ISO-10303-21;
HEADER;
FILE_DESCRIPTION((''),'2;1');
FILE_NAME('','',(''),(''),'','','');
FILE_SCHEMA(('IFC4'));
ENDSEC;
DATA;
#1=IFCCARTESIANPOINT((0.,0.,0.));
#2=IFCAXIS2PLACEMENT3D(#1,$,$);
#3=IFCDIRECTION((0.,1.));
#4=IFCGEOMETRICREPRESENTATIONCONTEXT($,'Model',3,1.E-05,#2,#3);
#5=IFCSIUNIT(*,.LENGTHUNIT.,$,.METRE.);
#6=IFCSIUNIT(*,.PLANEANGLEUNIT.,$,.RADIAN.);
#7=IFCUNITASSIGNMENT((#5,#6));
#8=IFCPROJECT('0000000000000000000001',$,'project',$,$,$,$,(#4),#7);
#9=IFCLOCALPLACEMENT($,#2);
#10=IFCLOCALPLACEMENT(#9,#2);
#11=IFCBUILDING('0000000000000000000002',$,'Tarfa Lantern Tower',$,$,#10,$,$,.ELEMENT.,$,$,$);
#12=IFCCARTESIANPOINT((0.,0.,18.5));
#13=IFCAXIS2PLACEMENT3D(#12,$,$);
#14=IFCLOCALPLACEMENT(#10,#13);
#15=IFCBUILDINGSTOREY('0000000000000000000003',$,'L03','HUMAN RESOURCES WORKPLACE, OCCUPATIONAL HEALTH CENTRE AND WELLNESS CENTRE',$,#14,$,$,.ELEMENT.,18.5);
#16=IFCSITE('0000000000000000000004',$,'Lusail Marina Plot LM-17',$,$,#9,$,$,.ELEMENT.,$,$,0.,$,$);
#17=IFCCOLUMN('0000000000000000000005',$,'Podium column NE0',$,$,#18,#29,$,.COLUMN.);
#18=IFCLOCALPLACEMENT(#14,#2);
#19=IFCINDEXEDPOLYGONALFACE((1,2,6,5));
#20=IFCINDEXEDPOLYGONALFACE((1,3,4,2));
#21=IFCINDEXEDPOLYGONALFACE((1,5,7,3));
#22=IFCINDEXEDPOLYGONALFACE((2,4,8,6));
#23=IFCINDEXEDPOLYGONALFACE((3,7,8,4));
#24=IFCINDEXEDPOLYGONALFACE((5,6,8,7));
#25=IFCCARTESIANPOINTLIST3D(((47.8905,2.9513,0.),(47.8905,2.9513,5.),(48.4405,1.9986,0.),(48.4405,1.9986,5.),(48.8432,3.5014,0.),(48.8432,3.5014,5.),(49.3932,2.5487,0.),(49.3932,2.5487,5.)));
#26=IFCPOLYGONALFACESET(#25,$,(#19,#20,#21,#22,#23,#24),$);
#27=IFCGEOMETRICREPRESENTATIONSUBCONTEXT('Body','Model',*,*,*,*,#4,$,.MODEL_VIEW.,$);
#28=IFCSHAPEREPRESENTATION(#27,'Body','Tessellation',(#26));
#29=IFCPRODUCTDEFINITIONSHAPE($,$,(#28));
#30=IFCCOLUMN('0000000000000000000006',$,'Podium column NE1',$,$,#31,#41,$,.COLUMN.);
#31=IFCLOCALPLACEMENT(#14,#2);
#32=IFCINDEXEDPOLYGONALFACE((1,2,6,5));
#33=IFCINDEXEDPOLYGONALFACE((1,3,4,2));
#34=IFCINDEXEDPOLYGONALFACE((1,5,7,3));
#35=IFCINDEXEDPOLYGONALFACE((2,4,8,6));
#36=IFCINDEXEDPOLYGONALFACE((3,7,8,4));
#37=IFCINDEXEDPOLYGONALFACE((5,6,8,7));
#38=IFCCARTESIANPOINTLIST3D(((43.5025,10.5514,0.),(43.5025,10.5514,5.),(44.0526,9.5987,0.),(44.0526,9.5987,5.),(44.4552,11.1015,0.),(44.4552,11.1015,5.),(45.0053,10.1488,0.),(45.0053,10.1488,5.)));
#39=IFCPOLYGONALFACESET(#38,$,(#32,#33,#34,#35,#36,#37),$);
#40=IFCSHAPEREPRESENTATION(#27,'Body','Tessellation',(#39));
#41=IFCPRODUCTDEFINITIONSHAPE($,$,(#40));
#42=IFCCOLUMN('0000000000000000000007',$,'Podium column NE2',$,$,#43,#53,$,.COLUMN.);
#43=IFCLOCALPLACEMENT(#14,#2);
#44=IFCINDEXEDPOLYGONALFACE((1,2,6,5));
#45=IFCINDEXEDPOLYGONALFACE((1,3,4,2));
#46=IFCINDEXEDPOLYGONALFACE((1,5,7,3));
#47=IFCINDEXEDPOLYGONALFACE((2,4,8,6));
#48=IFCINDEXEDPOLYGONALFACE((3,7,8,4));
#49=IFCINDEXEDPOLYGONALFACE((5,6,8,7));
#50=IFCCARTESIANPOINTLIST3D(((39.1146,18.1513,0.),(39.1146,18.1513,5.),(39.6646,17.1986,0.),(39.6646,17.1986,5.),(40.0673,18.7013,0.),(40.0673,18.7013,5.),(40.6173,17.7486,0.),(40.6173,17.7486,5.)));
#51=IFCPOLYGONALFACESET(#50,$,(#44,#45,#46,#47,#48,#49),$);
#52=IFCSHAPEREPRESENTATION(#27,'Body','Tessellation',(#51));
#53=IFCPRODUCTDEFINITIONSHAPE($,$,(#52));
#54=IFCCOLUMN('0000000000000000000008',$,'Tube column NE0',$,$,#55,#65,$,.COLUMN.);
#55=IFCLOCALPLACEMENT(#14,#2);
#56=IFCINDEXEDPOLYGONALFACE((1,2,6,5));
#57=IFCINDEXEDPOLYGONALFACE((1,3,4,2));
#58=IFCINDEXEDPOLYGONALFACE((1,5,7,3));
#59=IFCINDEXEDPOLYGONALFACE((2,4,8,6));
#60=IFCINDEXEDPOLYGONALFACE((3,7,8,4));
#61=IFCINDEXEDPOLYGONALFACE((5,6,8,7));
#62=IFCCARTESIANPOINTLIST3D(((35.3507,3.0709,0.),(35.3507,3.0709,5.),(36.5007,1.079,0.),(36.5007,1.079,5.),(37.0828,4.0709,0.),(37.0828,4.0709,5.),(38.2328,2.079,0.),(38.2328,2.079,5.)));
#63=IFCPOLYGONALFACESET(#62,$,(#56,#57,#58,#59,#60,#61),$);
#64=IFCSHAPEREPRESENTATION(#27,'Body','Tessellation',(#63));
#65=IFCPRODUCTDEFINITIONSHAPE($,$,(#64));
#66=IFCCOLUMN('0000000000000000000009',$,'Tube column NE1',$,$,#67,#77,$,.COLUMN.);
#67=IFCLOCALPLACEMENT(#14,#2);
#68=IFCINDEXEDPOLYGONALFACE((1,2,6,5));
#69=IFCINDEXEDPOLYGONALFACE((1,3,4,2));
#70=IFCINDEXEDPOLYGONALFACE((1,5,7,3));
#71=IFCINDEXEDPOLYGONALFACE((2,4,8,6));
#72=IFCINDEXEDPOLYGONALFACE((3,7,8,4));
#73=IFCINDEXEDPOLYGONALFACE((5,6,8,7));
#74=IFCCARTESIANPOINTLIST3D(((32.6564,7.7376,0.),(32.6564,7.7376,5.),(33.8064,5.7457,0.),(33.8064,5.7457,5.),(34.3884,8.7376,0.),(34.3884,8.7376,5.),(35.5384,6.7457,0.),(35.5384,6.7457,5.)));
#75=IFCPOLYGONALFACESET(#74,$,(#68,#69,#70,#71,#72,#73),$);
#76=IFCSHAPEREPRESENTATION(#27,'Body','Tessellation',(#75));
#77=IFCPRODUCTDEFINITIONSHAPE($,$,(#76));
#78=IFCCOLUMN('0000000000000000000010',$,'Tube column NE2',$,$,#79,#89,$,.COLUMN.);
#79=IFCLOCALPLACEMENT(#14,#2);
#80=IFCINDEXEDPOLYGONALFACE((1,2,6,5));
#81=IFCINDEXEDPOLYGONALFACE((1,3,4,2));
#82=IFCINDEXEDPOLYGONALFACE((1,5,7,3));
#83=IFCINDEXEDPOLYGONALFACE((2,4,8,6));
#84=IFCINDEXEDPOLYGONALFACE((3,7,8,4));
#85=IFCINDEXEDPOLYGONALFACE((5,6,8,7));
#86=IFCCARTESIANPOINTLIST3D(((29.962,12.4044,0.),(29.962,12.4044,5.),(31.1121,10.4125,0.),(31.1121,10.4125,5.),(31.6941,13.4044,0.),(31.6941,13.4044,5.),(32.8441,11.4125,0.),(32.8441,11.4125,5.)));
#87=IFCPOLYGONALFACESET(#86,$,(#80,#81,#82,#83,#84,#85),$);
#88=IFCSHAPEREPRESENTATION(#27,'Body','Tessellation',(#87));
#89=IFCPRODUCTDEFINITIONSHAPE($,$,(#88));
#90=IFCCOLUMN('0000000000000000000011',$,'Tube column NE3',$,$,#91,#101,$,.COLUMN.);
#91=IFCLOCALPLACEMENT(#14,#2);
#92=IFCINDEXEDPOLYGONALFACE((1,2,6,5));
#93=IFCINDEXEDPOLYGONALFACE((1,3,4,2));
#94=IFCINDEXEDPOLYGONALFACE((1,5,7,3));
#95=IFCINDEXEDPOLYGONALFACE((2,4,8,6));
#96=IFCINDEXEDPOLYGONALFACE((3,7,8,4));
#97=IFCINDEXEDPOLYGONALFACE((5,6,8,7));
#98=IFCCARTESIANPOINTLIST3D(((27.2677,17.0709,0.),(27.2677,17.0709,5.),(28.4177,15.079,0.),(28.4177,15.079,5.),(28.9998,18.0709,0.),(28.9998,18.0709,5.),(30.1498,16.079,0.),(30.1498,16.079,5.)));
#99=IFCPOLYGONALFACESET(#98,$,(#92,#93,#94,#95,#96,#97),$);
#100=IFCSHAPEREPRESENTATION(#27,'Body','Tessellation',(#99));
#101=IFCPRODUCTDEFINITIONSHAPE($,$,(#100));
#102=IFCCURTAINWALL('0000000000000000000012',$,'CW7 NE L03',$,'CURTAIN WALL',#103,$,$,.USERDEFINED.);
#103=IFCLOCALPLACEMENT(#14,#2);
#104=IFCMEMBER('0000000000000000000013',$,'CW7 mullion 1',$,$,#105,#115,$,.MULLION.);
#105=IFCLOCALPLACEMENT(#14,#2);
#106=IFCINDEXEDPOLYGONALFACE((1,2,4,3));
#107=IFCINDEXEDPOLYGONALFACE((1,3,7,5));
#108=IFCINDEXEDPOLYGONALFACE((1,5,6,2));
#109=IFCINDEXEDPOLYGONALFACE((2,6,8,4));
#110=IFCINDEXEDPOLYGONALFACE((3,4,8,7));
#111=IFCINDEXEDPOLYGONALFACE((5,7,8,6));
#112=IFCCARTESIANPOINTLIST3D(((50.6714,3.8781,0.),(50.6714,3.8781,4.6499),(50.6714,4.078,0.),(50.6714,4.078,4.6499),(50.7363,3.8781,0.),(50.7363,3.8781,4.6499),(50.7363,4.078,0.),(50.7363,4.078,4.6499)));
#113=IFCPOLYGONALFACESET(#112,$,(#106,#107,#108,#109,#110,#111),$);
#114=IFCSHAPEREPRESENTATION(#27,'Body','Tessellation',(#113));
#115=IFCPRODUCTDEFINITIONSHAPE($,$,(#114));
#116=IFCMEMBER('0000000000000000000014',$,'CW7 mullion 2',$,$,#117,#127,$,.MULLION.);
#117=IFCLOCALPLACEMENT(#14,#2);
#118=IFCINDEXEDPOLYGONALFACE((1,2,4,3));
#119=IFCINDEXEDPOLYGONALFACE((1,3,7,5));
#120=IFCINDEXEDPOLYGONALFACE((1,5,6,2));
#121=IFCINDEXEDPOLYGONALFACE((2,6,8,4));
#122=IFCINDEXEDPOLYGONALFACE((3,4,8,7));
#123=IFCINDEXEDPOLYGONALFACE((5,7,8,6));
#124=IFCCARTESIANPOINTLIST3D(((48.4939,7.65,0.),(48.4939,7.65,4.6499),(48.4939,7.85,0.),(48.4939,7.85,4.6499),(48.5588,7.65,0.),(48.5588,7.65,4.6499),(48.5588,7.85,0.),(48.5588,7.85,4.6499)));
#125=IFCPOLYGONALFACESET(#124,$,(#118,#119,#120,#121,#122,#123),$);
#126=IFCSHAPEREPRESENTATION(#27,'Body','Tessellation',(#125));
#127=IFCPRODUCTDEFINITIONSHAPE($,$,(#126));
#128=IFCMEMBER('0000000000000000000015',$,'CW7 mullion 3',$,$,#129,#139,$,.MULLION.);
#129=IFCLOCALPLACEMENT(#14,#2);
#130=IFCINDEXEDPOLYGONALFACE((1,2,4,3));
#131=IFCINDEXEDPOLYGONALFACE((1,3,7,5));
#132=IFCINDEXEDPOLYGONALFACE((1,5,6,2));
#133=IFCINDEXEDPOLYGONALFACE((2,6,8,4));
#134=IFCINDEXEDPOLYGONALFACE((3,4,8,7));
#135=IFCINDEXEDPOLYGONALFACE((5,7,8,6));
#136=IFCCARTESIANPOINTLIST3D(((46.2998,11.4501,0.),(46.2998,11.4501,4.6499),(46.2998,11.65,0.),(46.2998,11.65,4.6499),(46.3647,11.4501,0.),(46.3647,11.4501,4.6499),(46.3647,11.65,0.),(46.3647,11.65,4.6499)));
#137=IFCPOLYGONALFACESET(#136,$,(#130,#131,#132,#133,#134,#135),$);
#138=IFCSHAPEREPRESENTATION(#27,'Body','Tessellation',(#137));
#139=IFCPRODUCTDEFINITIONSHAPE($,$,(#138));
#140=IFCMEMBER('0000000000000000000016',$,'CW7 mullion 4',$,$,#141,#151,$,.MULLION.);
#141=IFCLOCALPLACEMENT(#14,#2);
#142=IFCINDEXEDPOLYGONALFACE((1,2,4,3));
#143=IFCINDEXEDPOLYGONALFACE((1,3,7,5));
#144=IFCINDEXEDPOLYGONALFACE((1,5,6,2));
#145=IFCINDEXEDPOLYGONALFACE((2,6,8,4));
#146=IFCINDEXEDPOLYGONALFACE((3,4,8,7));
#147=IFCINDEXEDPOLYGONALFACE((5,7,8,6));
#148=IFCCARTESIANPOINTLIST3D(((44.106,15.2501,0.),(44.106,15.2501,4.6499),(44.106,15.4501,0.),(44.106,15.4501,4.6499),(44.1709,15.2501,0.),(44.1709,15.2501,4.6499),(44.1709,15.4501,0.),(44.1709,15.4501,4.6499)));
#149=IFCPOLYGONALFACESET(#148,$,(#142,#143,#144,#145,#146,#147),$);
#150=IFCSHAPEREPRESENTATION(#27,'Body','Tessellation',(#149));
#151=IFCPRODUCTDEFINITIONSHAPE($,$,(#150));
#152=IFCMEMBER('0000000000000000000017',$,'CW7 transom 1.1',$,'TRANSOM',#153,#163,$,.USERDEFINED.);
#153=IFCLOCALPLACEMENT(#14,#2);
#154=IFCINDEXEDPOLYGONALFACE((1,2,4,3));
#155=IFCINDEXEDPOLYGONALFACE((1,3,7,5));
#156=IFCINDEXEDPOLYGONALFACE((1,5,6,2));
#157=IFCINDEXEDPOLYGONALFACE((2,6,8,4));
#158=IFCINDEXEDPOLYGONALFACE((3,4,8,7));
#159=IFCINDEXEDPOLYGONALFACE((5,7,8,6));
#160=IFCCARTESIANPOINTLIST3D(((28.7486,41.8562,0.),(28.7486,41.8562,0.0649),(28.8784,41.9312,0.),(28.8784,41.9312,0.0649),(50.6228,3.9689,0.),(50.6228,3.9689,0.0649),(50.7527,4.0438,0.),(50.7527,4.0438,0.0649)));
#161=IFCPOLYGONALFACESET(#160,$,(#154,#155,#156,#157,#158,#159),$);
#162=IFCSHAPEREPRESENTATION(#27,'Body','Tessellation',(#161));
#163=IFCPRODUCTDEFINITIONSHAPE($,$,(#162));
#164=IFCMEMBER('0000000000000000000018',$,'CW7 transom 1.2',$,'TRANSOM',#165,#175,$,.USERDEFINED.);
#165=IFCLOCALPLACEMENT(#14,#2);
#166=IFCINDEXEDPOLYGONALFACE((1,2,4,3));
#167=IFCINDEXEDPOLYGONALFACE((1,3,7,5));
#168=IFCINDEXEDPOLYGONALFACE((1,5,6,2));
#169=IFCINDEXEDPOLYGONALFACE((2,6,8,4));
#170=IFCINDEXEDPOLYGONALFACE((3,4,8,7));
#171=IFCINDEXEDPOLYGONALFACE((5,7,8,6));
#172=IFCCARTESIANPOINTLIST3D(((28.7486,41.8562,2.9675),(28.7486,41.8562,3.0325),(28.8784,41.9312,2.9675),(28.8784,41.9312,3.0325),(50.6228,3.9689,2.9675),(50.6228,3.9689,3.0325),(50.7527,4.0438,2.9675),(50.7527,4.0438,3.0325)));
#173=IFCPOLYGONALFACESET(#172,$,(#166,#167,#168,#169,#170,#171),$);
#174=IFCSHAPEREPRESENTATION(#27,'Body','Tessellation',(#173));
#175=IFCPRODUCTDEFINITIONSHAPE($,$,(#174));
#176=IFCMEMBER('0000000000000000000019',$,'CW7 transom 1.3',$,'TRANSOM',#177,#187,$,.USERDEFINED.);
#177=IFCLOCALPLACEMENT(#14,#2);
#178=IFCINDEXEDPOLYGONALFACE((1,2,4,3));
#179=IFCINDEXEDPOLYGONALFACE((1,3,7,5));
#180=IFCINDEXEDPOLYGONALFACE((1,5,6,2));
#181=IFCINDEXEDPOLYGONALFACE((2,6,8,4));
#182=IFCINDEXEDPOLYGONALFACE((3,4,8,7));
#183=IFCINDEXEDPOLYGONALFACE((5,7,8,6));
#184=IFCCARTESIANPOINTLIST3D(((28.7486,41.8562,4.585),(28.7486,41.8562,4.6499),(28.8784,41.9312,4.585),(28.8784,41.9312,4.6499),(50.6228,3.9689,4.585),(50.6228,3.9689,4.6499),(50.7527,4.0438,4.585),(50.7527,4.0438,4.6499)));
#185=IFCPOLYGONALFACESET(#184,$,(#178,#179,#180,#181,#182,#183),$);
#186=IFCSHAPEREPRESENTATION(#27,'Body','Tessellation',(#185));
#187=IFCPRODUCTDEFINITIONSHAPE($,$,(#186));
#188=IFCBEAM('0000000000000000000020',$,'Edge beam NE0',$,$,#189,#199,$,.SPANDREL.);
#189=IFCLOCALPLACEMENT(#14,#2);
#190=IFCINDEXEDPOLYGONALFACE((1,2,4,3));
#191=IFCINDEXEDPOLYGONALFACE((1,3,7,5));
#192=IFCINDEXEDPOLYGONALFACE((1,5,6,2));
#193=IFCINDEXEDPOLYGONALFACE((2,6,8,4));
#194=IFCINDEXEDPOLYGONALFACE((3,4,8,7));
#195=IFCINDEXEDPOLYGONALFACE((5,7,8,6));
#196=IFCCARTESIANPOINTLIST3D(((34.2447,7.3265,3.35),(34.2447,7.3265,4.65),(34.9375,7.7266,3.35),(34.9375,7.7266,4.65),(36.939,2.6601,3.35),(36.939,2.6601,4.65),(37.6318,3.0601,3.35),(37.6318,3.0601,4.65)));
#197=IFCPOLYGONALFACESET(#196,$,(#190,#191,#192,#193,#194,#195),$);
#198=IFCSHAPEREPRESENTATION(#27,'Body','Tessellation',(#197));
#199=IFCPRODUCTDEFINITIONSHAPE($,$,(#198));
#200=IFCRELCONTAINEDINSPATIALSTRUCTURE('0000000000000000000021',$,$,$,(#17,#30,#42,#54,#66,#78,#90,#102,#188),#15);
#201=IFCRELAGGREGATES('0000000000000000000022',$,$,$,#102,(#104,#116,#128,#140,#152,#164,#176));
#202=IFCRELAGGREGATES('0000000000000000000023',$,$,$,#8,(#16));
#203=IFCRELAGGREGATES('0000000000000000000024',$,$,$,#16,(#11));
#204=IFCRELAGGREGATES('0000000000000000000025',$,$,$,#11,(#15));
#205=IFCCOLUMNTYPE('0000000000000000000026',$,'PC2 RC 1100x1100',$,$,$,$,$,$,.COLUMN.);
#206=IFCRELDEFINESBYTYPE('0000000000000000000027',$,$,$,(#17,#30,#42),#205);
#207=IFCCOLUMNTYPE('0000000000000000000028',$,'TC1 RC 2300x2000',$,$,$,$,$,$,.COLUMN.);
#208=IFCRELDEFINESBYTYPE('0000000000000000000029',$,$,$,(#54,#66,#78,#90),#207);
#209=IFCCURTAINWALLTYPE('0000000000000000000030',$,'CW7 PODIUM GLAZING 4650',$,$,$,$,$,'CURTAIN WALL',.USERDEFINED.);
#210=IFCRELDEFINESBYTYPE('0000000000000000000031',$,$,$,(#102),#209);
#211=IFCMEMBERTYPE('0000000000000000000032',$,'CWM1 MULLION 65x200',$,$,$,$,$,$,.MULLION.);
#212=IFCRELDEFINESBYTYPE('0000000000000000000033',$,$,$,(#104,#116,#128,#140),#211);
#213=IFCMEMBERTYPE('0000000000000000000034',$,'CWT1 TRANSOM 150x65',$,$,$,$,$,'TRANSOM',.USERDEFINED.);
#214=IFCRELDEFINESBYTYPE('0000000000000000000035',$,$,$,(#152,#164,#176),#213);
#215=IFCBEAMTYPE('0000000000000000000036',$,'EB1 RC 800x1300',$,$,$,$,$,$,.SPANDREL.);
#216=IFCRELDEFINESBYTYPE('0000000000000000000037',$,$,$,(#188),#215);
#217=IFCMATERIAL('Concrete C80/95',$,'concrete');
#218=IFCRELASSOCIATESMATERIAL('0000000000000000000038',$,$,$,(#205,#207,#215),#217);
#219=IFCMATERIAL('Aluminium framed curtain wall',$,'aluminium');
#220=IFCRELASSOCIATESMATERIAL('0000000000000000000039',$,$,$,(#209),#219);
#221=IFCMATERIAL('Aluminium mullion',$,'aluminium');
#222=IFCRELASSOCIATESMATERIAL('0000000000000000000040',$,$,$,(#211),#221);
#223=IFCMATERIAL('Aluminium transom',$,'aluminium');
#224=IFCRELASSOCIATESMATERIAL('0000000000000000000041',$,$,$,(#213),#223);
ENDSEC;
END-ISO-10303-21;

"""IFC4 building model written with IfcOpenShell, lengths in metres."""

from ifc_helpers import new_model, si_unit, direction, frame, origin, origin_2d, place, context, subcontext, project, spatial, rectangle, extrude, material, material_profile, profile_set, type_object, element, aggregate, save


model = new_model("IFC4")

# Units and contexts
model_context = context("Model", 3, precision=1e-05, world=origin(), true_north=direction((0.0, 1.0)))
body_context = subcontext(model_context, "Body", "Model", "MODEL_VIEW")
ifc_project = project(units=[si_unit("LENGTHUNIT", "METRE"), si_unit("PLANEANGLEUNIT", "RADIAN")], contexts=[model_context])

# Site, building, storey
site_placement = place(None, origin())
site = spatial("IfcSite", under=ifc_project, at=site_placement, Name="Lusail Marina Plot LM-17", CompositionType="ELEMENT", RefElevation=0.0)
building_placement = place(site_placement, origin())
building = spatial("IfcBuilding", under=site, at=building_placement, Name="Tarfa Lantern Tower", CompositionType="ELEMENT")
storey_placement = place(building_placement, frame((0.0, 0.0, 18.5)))
storey = spatial("IfcBuildingStorey", under=building, at=storey_placement, Name="L03", Description="HUMAN RESOURCES WORKPLACE, OCCUPATIONAL HEALTH CENTRE AND WELLNESS CENTRE", CompositionType="ELEMENT", Elevation=18.5)

# Columns
ifc_material_1 = material(Name="Concrete C80/95", Category="concrete")
ifc_material_profile_1 = material_profile(ifc_material_1, rectangle(XDim=1.1001, YDim=1.1001, at=origin_2d()), Name="RC 1100x1100")
ifc_profile_set_1 = profile_set([ifc_material_profile_1], Name="Concrete C80/95")
column_type_1 = type_object("IfcColumnType", Name="PC2 RC 1100x1100", PredefinedType="COLUMN", material=ifc_profile_set_1)
for number, where, z_axis, x_axis, name in (
    (1, (48.6418, 2.75, 0.0), (0.0, 0.0, 1.0), (-0.5, 0.866025, 0.0), "Podium column NE0"),
    (2, (44.2539, 10.3501, 0.0), (0.0, 0.0, 1.0), (-0.5, 0.866025, 0.0), "Podium column NE1"),
    (3, (39.866, 17.95, 0.0), (0.0, 0.0, 1.0), (-0.5, 0.866025, 0.0), "Podium column NE2"),
):
    element("IfcColumn", number, at=place(storey_placement, frame(where, z_axis=z_axis, x_axis=x_axis)), inside=storey, type_object=column_type_1, Name=name, PredefinedType="COLUMN", context=body_context, shape_type="SweptSolid", body=[
        extrude(rectangle(XDim=1.1001, YDim=1.1001, at=origin_2d()), origin(), (0.0, 0.0, 1.0), 5.0),
    ])
ifc_material_profile_2 = material_profile(ifc_material_1, rectangle(XDim=2.3, YDim=2.0, at=origin_2d()), Name="RC 2300x2000")
ifc_profile_set_2 = profile_set([ifc_material_profile_2], Name="Concrete C80/95")
column_type_2 = type_object("IfcColumnType", Name="TC1 RC 2300x2000", PredefinedType="COLUMN", material=ifc_profile_set_2)
for number, where, z_axis, x_axis, name in (
    (4, (36.7917, 2.575, 0.0), (0.0, 0.0, 1.0), (-0.5, 0.866025, 0.0), "Tube column NE0"),
    (5, (34.0974, 7.2417, 0.0), (0.0, 0.0, 1.0), (-0.5, 0.866025, 0.0), "Tube column NE1"),
    (6, (31.4031, 11.9084, 0.0), (0.0, 0.0, 1.0), (-0.5, 0.866025, 0.0), "Tube column NE2"),
    (7, (28.7087, 16.575, 0.0), (0.0, 0.0, 1.0), (-0.5, 0.866025, 0.0), "Tube column NE3"),
):
    element("IfcColumn", number, at=place(storey_placement, frame(where, z_axis=z_axis, x_axis=x_axis)), inside=storey, type_object=column_type_2, Name=name, PredefinedType="COLUMN", context=body_context, shape_type="SweptSolid", body=[
        extrude(rectangle(XDim=2.3, YDim=2.0, at=origin_2d()), origin(), (0.0, 0.0, 1.0), 5.0),
    ])

# Curtain wall, members
ifc_material_2 = material(Name="Aluminium framed curtain wall", Category="aluminium")
curtain_wall_type = type_object("IfcCurtainWallType", Name="CW7 PODIUM GLAZING 4650", ElementType="CURTAIN WALL", PredefinedType="USERDEFINED", material=ifc_material_2)
curtain_wall_placement = place(storey_placement, origin())
curtain_wall = element("IfcCurtainWall", 8, at=curtain_wall_placement, inside=storey, type_object=curtain_wall_type, Name="CW7 NE L03", ObjectType="CURTAIN WALL", PredefinedType="USERDEFINED")
ifc_material_3 = material(Name="Aluminium mullion", Category="aluminium")
ifc_material_profile_3 = material_profile(ifc_material_3, rectangle(XDim=0.0649, YDim=0.2, at=origin_2d()), Name="AL MULLION 65x200")
ifc_profile_set_3 = profile_set([ifc_material_profile_3], Name="Aluminium mullion")
member_type_1 = type_object("IfcMemberType", Name="CWM1 MULLION 65x200", PredefinedType="MULLION", material=ifc_profile_set_3)
member_1_placement = place(storey_placement, frame((50.7039, 3.978, 0.0), z_axis=(0.0, 0.0, 1.0), x_axis=(1.0, 0.0, 0.0)))
member_1 = element("IfcMember", 9, at=member_1_placement, type_object=member_type_1, Name="CW7 mullion 1", PredefinedType="MULLION", context=body_context, shape_type="SweptSolid", body=[
    extrude(rectangle(XDim=0.0649, YDim=0.2, at=origin_2d()), origin(), (0.0, 0.0, 1.0), 4.6499),
])
member_2_placement = place(storey_placement, frame((48.5264, 7.75, 0.0), z_axis=(0.0, 0.0, 1.0), x_axis=(1.0, 0.0, 0.0)))
member_2 = element("IfcMember", 10, at=member_2_placement, type_object=member_type_1, Name="CW7 mullion 2", PredefinedType="MULLION", context=body_context, shape_type="SweptSolid", body=[
    extrude(rectangle(XDim=0.0649, YDim=0.2, at=origin_2d()), origin(), (0.0, 0.0, 1.0), 4.6499),
])
member_3_placement = place(storey_placement, frame((46.3323, 11.55, 0.0), z_axis=(0.0, 0.0, 1.0), x_axis=(1.0, 0.0, 0.0)))
member_3 = element("IfcMember", 11, at=member_3_placement, type_object=member_type_1, Name="CW7 mullion 3", PredefinedType="MULLION", context=body_context, shape_type="SweptSolid", body=[
    extrude(rectangle(XDim=0.0649, YDim=0.2, at=origin_2d()), origin(), (0.0, 0.0, 1.0), 4.6499),
])
member_4_placement = place(storey_placement, frame((44.1384, 15.3501, 0.0), z_axis=(0.0, 0.0, 1.0), x_axis=(1.0, 0.0, 0.0)))
member_4 = element("IfcMember", 12, at=member_4_placement, type_object=member_type_1, Name="CW7 mullion 4", PredefinedType="MULLION", context=body_context, shape_type="SweptSolid", body=[
    extrude(rectangle(XDim=0.0649, YDim=0.2, at=origin_2d()), origin(), (0.0, 0.0, 1.0), 4.6499),
])
ifc_material_4 = material(Name="Aluminium transom", Category="aluminium")
ifc_material_profile_4 = material_profile(ifc_material_4, rectangle(XDim=0.1499, YDim=0.0649, at=origin_2d()), Name="AL TRANSOM 150x65")
ifc_profile_set_4 = profile_set([ifc_material_profile_4], Name="Aluminium transom")
member_type_2 = type_object("IfcMemberType", Name="CWT1 TRANSOM 150x65", ElementType="TRANSOM", PredefinedType="USERDEFINED", material=ifc_profile_set_4)
member_5_placement = place(storey_placement, frame((50.6877, 4.0063, 0.0325), z_axis=(-0.499999, 0.866026, 0.0), x_axis=(-0.866026, -0.499999, 0.0)))
member_5 = element("IfcMember", 13, at=member_5_placement, type_object=member_type_2, Name="CW7 transom 1.1", ObjectType="TRANSOM", PredefinedType="USERDEFINED", context=body_context, shape_type="SweptSolid", body=[
    extrude(rectangle(XDim=0.1499, YDim=0.0649, at=origin_2d()), origin(), (0.0, 0.0, 1.0), 43.7485),
])
member_6_placement = place(storey_placement, frame((50.6877, 4.0063, 3.0), z_axis=(-0.499999, 0.866026, 0.0), x_axis=(-0.866026, -0.499999, 0.0)))
member_6 = element("IfcMember", 14, at=member_6_placement, type_object=member_type_2, Name="CW7 transom 1.2", ObjectType="TRANSOM", PredefinedType="USERDEFINED", context=body_context, shape_type="SweptSolid", body=[
    extrude(rectangle(XDim=0.1499, YDim=0.0649, at=origin_2d()), origin(), (0.0, 0.0, 1.0), 43.7485),
])
member_7_placement = place(storey_placement, frame((50.6877, 4.0063, 4.6174), z_axis=(-0.499999, 0.866026, 0.0), x_axis=(-0.866026, -0.499999, 0.0)))
member_7 = element("IfcMember", 15, at=member_7_placement, type_object=member_type_2, Name="CW7 transom 1.3", ObjectType="TRANSOM", PredefinedType="USERDEFINED", context=body_context, shape_type="SweptSolid", body=[
    extrude(rectangle(XDim=0.1499, YDim=0.0649, at=origin_2d()), origin(), (0.0, 0.0, 1.0), 43.7485),
])

# Beam
ifc_material_profile_5 = material_profile(ifc_material_1, rectangle(XDim=0.8, YDim=1.3, at=origin_2d()), Name="RC 800x1300")
ifc_profile_set_5 = profile_set([ifc_material_profile_5], Name="Concrete C80/95")
beam_type_1 = type_object("IfcBeamType", Name="EB1 RC 800x1300", PredefinedType="SPANDREL", material=ifc_profile_set_5)
beam_1_placement = place(storey_placement, frame((37.2854, 2.8601, 4.0), z_axis=(-0.500018, 0.866015, 0.0), x_axis=(-0.866015, -0.500018, 0.0)))
element("IfcBeam", 16, at=beam_1_placement, inside=storey, type_object=beam_type_1, Name="Edge beam NE0", PredefinedType="SPANDREL", context=body_context, shape_type="SweptSolid", body=[
    extrude(rectangle(XDim=0.8, YDim=1.3, at=origin_2d()), origin(), (0.0, 0.0, 1.0), 5.3884),
])

aggregate(curtain_wall, [member_1, member_2, member_3, member_4, member_5, member_6, member_7])

save(model, "model.ifc")
